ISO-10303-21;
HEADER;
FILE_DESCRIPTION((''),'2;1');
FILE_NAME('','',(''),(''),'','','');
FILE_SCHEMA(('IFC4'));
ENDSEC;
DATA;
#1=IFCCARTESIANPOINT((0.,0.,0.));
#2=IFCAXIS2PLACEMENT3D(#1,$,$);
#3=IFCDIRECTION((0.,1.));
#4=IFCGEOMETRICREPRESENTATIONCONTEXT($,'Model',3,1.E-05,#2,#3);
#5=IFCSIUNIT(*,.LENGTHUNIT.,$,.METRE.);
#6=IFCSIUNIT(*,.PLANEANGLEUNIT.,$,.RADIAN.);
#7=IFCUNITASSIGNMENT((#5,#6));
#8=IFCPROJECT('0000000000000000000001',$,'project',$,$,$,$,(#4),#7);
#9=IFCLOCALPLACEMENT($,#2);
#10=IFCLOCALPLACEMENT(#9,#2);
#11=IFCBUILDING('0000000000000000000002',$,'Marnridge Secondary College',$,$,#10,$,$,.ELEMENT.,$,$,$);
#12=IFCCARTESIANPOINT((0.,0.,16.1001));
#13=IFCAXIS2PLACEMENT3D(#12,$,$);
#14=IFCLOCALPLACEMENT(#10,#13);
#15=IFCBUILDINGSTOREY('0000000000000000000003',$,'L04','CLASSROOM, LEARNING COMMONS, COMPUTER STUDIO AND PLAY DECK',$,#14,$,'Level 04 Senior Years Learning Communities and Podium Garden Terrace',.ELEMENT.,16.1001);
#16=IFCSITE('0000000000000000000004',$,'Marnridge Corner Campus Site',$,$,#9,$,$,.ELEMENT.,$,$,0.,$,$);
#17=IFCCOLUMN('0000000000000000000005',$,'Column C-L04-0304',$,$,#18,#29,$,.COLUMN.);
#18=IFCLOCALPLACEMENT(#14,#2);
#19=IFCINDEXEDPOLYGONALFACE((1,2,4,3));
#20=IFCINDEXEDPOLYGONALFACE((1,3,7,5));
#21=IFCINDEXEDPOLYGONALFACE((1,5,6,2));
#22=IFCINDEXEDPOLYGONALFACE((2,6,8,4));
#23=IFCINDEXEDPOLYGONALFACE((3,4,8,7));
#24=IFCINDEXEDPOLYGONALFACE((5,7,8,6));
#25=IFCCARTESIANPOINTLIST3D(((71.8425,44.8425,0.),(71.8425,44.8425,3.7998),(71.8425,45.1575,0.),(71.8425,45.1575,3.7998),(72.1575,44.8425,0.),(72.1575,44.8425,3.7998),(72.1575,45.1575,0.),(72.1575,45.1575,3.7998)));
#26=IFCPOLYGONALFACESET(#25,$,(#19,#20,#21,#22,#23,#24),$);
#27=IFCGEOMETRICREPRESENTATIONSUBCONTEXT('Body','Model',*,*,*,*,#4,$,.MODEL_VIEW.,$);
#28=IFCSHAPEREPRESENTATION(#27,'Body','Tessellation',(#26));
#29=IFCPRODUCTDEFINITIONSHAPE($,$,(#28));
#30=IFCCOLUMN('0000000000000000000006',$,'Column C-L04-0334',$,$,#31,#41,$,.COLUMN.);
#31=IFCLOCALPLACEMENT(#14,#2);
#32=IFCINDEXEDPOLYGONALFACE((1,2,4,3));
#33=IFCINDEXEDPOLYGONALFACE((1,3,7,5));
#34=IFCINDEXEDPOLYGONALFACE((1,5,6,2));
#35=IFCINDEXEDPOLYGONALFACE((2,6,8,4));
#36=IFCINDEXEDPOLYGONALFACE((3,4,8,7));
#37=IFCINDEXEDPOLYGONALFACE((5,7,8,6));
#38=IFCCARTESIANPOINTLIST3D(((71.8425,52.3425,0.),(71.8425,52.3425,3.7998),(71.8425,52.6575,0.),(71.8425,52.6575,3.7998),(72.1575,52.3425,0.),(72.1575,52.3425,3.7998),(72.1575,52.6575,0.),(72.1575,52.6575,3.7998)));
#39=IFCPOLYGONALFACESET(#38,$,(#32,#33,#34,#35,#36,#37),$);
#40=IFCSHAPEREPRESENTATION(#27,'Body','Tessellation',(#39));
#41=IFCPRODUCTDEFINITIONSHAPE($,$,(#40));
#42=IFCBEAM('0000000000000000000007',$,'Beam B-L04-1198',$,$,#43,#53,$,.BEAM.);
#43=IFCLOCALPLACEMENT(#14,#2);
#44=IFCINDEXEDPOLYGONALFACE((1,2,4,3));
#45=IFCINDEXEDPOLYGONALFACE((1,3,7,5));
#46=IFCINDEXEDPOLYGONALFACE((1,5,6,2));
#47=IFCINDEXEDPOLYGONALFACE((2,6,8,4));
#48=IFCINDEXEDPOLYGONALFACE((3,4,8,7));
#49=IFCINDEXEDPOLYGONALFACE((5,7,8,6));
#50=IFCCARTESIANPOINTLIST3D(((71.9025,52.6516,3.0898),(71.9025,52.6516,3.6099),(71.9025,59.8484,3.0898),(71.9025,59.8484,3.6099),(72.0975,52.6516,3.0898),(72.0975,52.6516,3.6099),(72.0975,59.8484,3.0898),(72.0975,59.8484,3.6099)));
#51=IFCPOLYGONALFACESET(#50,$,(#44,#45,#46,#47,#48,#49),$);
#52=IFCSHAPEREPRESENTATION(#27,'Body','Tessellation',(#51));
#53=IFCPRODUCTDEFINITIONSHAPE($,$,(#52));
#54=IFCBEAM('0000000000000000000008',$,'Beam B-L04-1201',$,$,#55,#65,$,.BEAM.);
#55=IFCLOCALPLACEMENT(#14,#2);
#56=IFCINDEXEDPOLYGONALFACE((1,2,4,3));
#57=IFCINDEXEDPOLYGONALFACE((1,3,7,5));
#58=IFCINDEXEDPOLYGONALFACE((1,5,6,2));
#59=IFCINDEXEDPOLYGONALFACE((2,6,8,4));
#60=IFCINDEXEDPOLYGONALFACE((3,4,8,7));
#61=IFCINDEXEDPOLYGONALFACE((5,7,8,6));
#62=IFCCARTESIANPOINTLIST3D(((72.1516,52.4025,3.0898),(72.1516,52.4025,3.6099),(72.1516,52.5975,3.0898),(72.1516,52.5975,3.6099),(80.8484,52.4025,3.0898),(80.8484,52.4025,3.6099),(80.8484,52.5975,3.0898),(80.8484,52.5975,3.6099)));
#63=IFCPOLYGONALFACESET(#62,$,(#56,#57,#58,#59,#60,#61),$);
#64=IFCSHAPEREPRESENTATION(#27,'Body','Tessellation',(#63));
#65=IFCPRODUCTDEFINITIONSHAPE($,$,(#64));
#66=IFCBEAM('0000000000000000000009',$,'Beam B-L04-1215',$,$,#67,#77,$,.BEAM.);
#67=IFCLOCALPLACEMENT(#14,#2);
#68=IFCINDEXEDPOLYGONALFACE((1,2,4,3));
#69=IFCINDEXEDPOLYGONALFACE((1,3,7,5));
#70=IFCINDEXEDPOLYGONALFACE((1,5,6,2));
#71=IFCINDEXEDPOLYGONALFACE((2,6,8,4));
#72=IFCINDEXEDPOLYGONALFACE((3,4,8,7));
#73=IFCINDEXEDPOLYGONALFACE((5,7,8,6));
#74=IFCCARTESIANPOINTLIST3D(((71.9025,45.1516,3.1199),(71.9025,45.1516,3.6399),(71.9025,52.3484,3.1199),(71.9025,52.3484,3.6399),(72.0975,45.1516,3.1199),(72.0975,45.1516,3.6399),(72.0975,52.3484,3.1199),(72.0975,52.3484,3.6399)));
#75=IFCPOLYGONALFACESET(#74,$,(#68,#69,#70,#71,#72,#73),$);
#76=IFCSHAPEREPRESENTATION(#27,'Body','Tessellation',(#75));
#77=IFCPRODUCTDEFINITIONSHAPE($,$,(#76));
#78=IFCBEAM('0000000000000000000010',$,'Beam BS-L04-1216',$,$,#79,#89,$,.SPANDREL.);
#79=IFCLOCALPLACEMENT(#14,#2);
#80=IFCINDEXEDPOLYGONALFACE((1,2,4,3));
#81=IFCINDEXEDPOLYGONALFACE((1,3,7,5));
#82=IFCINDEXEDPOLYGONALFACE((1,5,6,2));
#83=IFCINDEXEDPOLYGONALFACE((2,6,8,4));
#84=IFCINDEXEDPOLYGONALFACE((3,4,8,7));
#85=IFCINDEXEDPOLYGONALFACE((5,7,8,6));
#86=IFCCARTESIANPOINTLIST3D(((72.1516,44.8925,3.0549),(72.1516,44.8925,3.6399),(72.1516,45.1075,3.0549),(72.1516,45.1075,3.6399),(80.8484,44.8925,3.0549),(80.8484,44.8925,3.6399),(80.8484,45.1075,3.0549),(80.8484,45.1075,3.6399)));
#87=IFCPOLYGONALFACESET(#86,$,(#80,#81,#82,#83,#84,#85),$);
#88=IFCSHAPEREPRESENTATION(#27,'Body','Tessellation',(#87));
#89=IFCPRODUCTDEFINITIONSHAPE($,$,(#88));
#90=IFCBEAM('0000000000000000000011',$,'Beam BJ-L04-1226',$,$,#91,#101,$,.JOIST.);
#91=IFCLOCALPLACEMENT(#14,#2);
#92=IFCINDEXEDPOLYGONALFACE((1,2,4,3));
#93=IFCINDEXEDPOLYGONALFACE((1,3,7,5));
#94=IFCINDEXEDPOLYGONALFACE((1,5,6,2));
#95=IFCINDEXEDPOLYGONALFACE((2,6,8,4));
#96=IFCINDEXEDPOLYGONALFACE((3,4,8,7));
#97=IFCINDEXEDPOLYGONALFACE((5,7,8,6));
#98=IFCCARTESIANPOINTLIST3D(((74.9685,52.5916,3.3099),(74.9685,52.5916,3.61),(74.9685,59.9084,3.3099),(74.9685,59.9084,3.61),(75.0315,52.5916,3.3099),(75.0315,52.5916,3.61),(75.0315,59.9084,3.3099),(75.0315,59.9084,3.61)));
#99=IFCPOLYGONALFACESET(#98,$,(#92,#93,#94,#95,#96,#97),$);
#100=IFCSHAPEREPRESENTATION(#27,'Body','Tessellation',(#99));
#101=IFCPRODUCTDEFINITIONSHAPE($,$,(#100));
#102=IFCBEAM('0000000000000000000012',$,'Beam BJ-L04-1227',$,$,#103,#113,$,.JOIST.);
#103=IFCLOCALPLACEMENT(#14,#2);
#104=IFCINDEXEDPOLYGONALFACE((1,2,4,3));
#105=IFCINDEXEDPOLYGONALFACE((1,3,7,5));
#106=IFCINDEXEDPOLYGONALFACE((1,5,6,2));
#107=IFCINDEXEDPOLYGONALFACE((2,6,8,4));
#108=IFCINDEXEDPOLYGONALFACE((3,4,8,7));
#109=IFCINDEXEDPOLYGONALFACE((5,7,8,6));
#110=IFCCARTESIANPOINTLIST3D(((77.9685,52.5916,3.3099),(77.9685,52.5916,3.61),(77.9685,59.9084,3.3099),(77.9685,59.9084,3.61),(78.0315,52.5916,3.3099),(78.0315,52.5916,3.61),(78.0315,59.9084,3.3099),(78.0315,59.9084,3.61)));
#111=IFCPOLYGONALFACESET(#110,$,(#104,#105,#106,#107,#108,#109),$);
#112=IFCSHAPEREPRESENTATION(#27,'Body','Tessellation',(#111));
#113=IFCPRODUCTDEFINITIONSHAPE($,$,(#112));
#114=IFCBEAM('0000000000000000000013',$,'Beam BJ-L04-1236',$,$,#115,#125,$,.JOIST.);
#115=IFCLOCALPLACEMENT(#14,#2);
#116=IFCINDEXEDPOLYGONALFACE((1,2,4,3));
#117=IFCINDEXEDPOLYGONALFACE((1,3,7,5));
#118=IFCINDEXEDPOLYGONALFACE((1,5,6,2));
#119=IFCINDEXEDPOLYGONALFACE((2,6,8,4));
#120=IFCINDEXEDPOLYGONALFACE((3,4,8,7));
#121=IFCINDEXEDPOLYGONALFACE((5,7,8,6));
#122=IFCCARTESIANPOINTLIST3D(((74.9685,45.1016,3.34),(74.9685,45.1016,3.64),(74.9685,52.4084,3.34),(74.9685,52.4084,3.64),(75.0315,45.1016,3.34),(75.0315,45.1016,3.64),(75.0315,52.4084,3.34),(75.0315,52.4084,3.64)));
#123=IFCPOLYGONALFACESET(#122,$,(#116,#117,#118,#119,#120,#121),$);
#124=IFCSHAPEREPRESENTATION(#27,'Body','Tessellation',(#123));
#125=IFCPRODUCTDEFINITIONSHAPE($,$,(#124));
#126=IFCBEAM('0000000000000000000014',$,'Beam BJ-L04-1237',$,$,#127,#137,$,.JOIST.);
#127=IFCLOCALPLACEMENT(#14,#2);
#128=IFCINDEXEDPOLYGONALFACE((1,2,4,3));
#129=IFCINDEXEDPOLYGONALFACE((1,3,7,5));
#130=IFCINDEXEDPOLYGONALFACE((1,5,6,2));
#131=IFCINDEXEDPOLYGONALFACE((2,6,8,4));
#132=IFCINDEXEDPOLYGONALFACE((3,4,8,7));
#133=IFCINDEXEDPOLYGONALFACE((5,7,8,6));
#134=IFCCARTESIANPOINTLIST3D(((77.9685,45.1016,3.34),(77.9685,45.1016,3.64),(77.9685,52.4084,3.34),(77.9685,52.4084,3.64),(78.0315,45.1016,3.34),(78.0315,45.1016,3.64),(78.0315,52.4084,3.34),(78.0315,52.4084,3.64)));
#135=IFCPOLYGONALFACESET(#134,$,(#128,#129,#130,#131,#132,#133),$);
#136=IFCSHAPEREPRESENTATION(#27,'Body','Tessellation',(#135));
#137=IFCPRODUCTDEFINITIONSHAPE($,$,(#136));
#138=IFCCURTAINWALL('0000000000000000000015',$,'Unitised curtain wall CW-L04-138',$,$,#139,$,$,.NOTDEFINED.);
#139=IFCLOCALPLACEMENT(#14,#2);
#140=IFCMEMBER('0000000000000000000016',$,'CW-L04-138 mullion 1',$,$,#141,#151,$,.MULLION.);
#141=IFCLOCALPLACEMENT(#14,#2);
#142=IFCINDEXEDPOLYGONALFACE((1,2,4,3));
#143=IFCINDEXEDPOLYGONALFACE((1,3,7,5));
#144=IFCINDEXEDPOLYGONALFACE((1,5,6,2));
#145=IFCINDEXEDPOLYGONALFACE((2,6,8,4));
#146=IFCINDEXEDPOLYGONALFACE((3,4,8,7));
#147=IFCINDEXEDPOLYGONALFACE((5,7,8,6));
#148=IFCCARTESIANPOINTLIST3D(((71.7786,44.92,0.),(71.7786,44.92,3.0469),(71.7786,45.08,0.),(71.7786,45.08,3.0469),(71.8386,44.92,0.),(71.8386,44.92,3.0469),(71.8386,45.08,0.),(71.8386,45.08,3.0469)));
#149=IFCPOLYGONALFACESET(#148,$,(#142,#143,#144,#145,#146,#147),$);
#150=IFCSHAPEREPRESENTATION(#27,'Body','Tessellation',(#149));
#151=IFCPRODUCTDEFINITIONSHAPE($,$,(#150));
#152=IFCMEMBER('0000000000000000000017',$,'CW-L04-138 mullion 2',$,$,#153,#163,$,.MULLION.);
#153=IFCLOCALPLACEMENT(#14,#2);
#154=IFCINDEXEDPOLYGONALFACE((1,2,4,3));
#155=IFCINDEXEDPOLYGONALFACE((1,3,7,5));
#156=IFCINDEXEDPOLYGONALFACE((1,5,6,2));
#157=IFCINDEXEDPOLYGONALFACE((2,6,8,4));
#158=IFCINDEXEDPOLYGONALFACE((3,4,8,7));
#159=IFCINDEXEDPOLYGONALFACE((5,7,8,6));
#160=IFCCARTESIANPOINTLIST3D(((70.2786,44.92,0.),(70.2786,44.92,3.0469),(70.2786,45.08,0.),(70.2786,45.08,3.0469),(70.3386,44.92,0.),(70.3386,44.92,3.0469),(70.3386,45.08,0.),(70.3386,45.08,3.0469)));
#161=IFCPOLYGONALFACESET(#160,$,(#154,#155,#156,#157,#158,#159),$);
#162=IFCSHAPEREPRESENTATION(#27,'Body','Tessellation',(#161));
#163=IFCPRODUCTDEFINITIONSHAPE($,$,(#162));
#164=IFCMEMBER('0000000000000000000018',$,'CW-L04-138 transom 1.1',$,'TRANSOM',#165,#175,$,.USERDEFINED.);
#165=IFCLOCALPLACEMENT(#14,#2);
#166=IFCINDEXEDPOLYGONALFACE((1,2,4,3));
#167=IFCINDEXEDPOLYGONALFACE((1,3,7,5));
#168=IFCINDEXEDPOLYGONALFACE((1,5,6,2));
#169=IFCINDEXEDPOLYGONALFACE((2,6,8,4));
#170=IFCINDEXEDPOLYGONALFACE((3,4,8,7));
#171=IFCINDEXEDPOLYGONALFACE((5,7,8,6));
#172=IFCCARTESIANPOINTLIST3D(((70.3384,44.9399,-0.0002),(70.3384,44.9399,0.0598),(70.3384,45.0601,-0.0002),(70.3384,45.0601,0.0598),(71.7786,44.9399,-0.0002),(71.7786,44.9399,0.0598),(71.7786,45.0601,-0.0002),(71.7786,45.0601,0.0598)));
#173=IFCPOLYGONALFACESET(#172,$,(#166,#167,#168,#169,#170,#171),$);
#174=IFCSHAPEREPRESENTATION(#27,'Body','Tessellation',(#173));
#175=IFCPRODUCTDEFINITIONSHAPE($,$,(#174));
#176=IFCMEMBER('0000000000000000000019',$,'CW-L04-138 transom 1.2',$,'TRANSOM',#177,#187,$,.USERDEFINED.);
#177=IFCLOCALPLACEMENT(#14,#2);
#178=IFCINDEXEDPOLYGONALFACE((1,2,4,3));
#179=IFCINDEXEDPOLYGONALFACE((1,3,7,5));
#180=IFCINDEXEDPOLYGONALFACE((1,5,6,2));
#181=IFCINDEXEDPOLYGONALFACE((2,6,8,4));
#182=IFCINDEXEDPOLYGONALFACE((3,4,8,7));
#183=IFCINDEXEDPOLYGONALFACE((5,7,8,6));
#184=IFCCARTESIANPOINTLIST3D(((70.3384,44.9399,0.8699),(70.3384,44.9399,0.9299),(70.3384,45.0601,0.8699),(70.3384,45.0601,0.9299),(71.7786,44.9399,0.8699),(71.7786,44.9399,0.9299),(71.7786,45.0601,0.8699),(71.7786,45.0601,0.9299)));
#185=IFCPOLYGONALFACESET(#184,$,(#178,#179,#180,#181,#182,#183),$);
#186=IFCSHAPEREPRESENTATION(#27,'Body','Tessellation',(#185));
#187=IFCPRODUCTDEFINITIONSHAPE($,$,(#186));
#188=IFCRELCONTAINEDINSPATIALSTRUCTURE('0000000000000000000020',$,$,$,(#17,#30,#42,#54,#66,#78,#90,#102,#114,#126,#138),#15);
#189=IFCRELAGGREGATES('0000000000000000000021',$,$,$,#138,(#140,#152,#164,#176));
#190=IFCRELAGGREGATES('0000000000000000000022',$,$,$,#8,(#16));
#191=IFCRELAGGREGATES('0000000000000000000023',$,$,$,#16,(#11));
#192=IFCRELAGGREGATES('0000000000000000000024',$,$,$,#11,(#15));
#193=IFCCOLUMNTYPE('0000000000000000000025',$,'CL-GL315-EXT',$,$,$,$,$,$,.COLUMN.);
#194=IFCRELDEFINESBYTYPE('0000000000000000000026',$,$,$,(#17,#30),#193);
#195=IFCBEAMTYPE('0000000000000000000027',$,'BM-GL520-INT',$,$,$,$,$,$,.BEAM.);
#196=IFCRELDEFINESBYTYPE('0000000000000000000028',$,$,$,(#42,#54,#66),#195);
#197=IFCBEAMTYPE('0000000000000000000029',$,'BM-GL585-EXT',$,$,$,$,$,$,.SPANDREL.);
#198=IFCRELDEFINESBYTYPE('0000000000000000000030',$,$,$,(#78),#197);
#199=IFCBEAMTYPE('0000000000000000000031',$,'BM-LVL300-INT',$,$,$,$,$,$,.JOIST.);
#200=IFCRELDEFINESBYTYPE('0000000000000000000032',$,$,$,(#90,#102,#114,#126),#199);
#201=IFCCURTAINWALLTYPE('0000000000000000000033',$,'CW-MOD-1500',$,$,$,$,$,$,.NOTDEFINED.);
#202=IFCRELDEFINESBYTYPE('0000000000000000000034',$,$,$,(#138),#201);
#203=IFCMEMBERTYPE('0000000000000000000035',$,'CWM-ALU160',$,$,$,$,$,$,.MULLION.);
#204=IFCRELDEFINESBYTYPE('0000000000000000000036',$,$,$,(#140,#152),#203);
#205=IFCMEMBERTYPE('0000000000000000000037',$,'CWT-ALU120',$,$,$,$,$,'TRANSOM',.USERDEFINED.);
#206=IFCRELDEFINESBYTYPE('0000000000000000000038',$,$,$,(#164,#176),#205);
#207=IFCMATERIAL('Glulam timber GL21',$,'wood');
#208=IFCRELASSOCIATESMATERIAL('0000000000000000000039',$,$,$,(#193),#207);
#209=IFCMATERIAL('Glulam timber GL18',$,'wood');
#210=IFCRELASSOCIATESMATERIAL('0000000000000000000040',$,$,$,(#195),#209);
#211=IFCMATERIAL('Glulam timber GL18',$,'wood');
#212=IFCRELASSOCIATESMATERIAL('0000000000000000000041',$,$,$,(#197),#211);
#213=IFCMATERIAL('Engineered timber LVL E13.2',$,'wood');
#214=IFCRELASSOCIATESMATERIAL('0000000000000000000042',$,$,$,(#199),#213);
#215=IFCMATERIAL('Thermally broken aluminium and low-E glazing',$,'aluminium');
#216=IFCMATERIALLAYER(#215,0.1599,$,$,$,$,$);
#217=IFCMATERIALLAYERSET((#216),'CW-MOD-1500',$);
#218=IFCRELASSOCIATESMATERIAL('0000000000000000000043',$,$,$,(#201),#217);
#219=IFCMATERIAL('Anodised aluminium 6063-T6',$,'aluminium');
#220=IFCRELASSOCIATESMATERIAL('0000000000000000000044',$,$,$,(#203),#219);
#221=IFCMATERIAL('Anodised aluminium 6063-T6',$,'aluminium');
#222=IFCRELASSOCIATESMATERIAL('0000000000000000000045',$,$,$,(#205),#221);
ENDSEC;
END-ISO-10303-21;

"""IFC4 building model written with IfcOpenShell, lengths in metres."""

from ifc_helpers import new_model, si_unit, direction, frame, origin, origin_2d, place, context, subcontext, project, spatial, rectangle, extrude, material, layer, layer_set, material_profile, profile_set, type_object, element, aggregate, save


model = new_model("IFC4")

# Units and contexts
model_context = context("Model", 3, precision=1e-05, world=origin(), true_north=direction((0.0, 1.0)))
body_context = subcontext(model_context, "Body", "Model", "MODEL_VIEW")
ifc_project = project(units=[si_unit("LENGTHUNIT", "METRE"), si_unit("PLANEANGLEUNIT", "RADIAN")], contexts=[model_context])

# Site, building, storey
site_placement = place(None, origin())
site = spatial("IfcSite", under=ifc_project, at=site_placement, Name="Marnridge Corner Campus Site", CompositionType="ELEMENT", RefElevation=0.0)
building_placement = place(site_placement, origin())
building = spatial("IfcBuilding", under=site, at=building_placement, Name="Marnridge Secondary College", CompositionType="ELEMENT")
storey_placement = place(building_placement, frame((0.0, 0.0, 16.1001)))
storey = spatial("IfcBuildingStorey", under=building, at=storey_placement, Name="L04", Description="CLASSROOM, LEARNING COMMONS, COMPUTER STUDIO AND PLAY DECK", LongName="Level 04 Senior Years Learning Communities and Podium Garden Terrace", CompositionType="ELEMENT", Elevation=16.1001)

# Columns
ifc_material_1 = material(Name="Glulam timber GL21", Category="wood")
ifc_material_profile_1 = material_profile(ifc_material_1, rectangle(XDim=0.3149, YDim=0.3149, at=origin_2d()), Name="GL21 315x315")
ifc_profile_set_1 = profile_set([ifc_material_profile_1], Name="Glulam timber GL21")
column_type = type_object("IfcColumnType", Name="CL-GL315-EXT", PredefinedType="COLUMN", material=ifc_profile_set_1)
for number, where, z_axis, x_axis, name in (
    (1, (72.0, 45.0, 0.0), (0.0, 0.0, 1.0), (1.0, 0.0, 0.0), "Column C-L04-0304"),
    (2, (72.0, 52.5, 0.0), (0.0, 0.0, 1.0), (1.0, 0.0, 0.0), "Column C-L04-0334"),
):
    element("IfcColumn", number, at=place(storey_placement, frame(where, z_axis=z_axis, x_axis=x_axis)), inside=storey, type_object=column_type, Name=name, PredefinedType="COLUMN", context=body_context, shape_type="SweptSolid", body=[
        extrude(rectangle(XDim=0.3149, YDim=0.3149, at=origin_2d()), origin(), (0.0, 0.0, 1.0), 3.7998),
    ])

# Beams
ifc_material_2 = material(Name="Glulam timber GL18", Category="wood")
ifc_material_profile_2 = material_profile(ifc_material_2, rectangle(XDim=0.1951, YDim=0.52, at=origin_2d()), Name="GL18 195x520")
ifc_profile_set_2 = profile_set([ifc_material_profile_2], Name="Glulam timber GL18")
beam_type_1 = type_object("IfcBeamType", Name="BM-GL520-INT", PredefinedType="BEAM", material=ifc_profile_set_2)
beam_1_placement = place(storey_placement, frame((72.0, 52.6516, 3.3499), z_axis=(0.0, 1.0, 0.0), x_axis=(-1.0, 0.0, 0.0)))
element("IfcBeam", 3, at=beam_1_placement, inside=storey, type_object=beam_type_1, Name="Beam B-L04-1198", PredefinedType="BEAM", context=body_context, shape_type="SweptSolid", body=[
    extrude(rectangle(XDim=0.1951, YDim=0.52, at=origin_2d()), origin(), (0.0, 0.0, 1.0), 7.1968),
])
beam_2_placement = place(storey_placement, frame((72.1516, 52.5, 3.3499), z_axis=(1.0, 0.0, 0.0), x_axis=(0.0, 1.0, 0.0)))
element("IfcBeam", 4, at=beam_2_placement, inside=storey, type_object=beam_type_1, Name="Beam B-L04-1201", PredefinedType="BEAM", context=body_context, shape_type="SweptSolid", body=[
    extrude(rectangle(XDim=0.1951, YDim=0.52, at=origin_2d()), origin(), (0.0, 0.0, 1.0), 8.6968),
])
beam_3_placement = place(storey_placement, frame((72.0, 45.1516, 3.3799), z_axis=(0.0, 1.0, 0.0), x_axis=(-1.0, 0.0, 0.0)))
element("IfcBeam", 5, at=beam_3_placement, inside=storey, type_object=beam_type_1, Name="Beam B-L04-1215", PredefinedType="BEAM", context=body_context, shape_type="SweptSolid", body=[
    extrude(rectangle(XDim=0.1951, YDim=0.52, at=origin_2d()), origin(), (0.0, 0.0, 1.0), 7.1968),
])
ifc_material_3 = material(Name="Glulam timber GL18", Category="wood")
ifc_material_profile_3 = material_profile(ifc_material_3, rectangle(XDim=0.2151, YDim=0.585, at=origin_2d()), Name="GL18 215x585")
ifc_profile_set_3 = profile_set([ifc_material_profile_3], Name="Glulam timber GL18")
beam_type_2 = type_object("IfcBeamType", Name="BM-GL585-EXT", PredefinedType="SPANDREL", material=ifc_profile_set_3)
beam_4_placement = place(storey_placement, frame((72.1516, 45.0, 3.3474), z_axis=(1.0, 0.0, 0.0), x_axis=(0.0, 1.0, 0.0)))
element("IfcBeam", 6, at=beam_4_placement, inside=storey, type_object=beam_type_2, Name="Beam BS-L04-1216", PredefinedType="SPANDREL", context=body_context, shape_type="SweptSolid", body=[
    extrude(rectangle(XDim=0.2151, YDim=0.585, at=origin_2d()), origin(), (0.0, 0.0, 1.0), 8.6968),
])
ifc_material_4 = material(Name="Engineered timber LVL E13.2", Category="wood")
ifc_material_profile_4 = material_profile(ifc_material_4, rectangle(XDim=0.063, YDim=0.3, at=origin_2d()), Name="LVL 63x300")
ifc_profile_set_4 = profile_set([ifc_material_profile_4], Name="Engineered timber LVL E13.2")
beam_type_3 = type_object("IfcBeamType", Name="BM-LVL300-INT", PredefinedType="JOIST", material=ifc_profile_set_4)
for number, where, z_axis, x_axis, name in (
    (7, (75.0, 52.5916, 3.46), (0.0, 1.0, 0.0), (-1.0, 0.0, 0.0), "Beam BJ-L04-1226"),
    (8, (78.0, 52.5916, 3.46), (0.0, 1.0, 0.0), (-1.0, 0.0, 0.0), "Beam BJ-L04-1227"),
):
    element("IfcBeam", number, at=place(storey_placement, frame(where, z_axis=z_axis, x_axis=x_axis)), inside=storey, type_object=beam_type_3, Name=name, PredefinedType="JOIST", context=body_context, shape_type="SweptSolid", body=[
        extrude(rectangle(XDim=0.063, YDim=0.3, at=origin_2d()), origin(), (0.0, 0.0, 1.0), 7.3169),
    ])
for number, where, z_axis, x_axis, name in (
    (9, (75.0, 45.1016, 3.49), (0.0, 1.0, 0.0), (-1.0, 0.0, 0.0), "Beam BJ-L04-1236"),
    (10, (78.0, 45.1016, 3.49), (0.0, 1.0, 0.0), (-1.0, 0.0, 0.0), "Beam BJ-L04-1237"),
):
    element("IfcBeam", number, at=place(storey_placement, frame(where, z_axis=z_axis, x_axis=x_axis)), inside=storey, type_object=beam_type_3, Name=name, PredefinedType="JOIST", context=body_context, shape_type="SweptSolid", body=[
        extrude(rectangle(XDim=0.063, YDim=0.3, at=origin_2d()), origin(), (0.0, 0.0, 1.0), 7.3069),
    ])

# Curtain wall, members
ifc_material_5 = material(Name="Thermally broken aluminium and low-E glazing", Category="aluminium")
ifc_layer_1 = layer(ifc_material_5, 0.1599)
ifc_layer_set_1 = layer_set([ifc_layer_1], Name="CW-MOD-1500")
curtain_wall_type = type_object("IfcCurtainWallType", Name="CW-MOD-1500", PredefinedType="NOTDEFINED", material=ifc_layer_set_1)
curtain_wall_placement = place(storey_placement, origin())
curtain_wall = element("IfcCurtainWall", 11, at=curtain_wall_placement, inside=storey, type_object=curtain_wall_type, Name="Unitised curtain wall CW-L04-138", PredefinedType="NOTDEFINED")
ifc_material_6 = material(Name="Anodised aluminium 6063-T6", Category="aluminium")
ifc_material_profile_5 = material_profile(ifc_material_6, rectangle(XDim=0.0601, YDim=0.1599, at=origin_2d()), Name="ALU 60x160")
ifc_profile_set_5 = profile_set([ifc_material_profile_5], Name="Anodised aluminium 6063-T6")
member_type_1 = type_object("IfcMemberType", Name="CWM-ALU160", PredefinedType="MULLION", material=ifc_profile_set_5)
member_1_placement = place(storey_placement, frame((71.8086, 45.0, 0.0), z_axis=(0.0, 0.0, 1.0), x_axis=(-1.0, 0.0, 0.0)))
member_1 = element("IfcMember", 12, at=member_1_placement, type_object=member_type_1, Name="CW-L04-138 mullion 1", PredefinedType="MULLION", context=body_context, shape_type="SweptSolid", body=[
    extrude(rectangle(XDim=0.0601, YDim=0.1599, at=origin_2d()), origin(), (0.0, 0.0, 1.0), 3.0469),
])
member_2_placement = place(storey_placement, frame((70.3086, 45.0, 0.0), z_axis=(0.0, 0.0, 1.0), x_axis=(-1.0, 0.0, 0.0)))
member_2 = element("IfcMember", 13, at=member_2_placement, type_object=member_type_1, Name="CW-L04-138 mullion 2", PredefinedType="MULLION", context=body_context, shape_type="SweptSolid", body=[
    extrude(rectangle(XDim=0.0601, YDim=0.1599, at=origin_2d()), origin(), (0.0, 0.0, 1.0), 3.0469),
])
ifc_material_7 = material(Name="Anodised aluminium 6063-T6", Category="aluminium")
ifc_material_profile_6 = material_profile(ifc_material_7, rectangle(XDim=0.0601, YDim=0.1201, at=origin_2d()), Name="ALU 60x120")
ifc_profile_set_6 = profile_set([ifc_material_profile_6], Name="Anodised aluminium 6063-T6")
member_type_2 = type_object("IfcMemberType", Name="CWT-ALU120", ElementType="TRANSOM", PredefinedType="USERDEFINED", material=ifc_profile_set_6)
member_3_placement = place(storey_placement, frame((71.7786, 45.0, 0.0298), z_axis=(-1.0, 0.0, 0.0), x_axis=(0.0, 0.0, 1.0)))
member_3 = element("IfcMember", 14, at=member_3_placement, type_object=member_type_2, Name="CW-L04-138 transom 1.1", ObjectType="TRANSOM", PredefinedType="USERDEFINED", context=body_context, shape_type="SweptSolid", body=[
    extrude(rectangle(XDim=0.0601, YDim=0.1201, at=origin_2d()), origin(), (0.0, 0.0, 1.0), 1.4402),
])
member_4_placement = place(storey_placement, frame((71.7786, 45.0, 0.8999), z_axis=(-1.0, 0.0, 0.0), x_axis=(0.0, 0.0, 1.0)))
member_4 = element("IfcMember", 15, at=member_4_placement, type_object=member_type_2, Name="CW-L04-138 transom 1.2", ObjectType="TRANSOM", PredefinedType="USERDEFINED", context=body_context, shape_type="SweptSolid", body=[
    extrude(rectangle(XDim=0.0601, YDim=0.1201, at=origin_2d()), origin(), (0.0, 0.0, 1.0), 1.4402),
])

aggregate(curtain_wall, [member_1, member_2, member_3, member_4])

save(model, "model.ifc")
